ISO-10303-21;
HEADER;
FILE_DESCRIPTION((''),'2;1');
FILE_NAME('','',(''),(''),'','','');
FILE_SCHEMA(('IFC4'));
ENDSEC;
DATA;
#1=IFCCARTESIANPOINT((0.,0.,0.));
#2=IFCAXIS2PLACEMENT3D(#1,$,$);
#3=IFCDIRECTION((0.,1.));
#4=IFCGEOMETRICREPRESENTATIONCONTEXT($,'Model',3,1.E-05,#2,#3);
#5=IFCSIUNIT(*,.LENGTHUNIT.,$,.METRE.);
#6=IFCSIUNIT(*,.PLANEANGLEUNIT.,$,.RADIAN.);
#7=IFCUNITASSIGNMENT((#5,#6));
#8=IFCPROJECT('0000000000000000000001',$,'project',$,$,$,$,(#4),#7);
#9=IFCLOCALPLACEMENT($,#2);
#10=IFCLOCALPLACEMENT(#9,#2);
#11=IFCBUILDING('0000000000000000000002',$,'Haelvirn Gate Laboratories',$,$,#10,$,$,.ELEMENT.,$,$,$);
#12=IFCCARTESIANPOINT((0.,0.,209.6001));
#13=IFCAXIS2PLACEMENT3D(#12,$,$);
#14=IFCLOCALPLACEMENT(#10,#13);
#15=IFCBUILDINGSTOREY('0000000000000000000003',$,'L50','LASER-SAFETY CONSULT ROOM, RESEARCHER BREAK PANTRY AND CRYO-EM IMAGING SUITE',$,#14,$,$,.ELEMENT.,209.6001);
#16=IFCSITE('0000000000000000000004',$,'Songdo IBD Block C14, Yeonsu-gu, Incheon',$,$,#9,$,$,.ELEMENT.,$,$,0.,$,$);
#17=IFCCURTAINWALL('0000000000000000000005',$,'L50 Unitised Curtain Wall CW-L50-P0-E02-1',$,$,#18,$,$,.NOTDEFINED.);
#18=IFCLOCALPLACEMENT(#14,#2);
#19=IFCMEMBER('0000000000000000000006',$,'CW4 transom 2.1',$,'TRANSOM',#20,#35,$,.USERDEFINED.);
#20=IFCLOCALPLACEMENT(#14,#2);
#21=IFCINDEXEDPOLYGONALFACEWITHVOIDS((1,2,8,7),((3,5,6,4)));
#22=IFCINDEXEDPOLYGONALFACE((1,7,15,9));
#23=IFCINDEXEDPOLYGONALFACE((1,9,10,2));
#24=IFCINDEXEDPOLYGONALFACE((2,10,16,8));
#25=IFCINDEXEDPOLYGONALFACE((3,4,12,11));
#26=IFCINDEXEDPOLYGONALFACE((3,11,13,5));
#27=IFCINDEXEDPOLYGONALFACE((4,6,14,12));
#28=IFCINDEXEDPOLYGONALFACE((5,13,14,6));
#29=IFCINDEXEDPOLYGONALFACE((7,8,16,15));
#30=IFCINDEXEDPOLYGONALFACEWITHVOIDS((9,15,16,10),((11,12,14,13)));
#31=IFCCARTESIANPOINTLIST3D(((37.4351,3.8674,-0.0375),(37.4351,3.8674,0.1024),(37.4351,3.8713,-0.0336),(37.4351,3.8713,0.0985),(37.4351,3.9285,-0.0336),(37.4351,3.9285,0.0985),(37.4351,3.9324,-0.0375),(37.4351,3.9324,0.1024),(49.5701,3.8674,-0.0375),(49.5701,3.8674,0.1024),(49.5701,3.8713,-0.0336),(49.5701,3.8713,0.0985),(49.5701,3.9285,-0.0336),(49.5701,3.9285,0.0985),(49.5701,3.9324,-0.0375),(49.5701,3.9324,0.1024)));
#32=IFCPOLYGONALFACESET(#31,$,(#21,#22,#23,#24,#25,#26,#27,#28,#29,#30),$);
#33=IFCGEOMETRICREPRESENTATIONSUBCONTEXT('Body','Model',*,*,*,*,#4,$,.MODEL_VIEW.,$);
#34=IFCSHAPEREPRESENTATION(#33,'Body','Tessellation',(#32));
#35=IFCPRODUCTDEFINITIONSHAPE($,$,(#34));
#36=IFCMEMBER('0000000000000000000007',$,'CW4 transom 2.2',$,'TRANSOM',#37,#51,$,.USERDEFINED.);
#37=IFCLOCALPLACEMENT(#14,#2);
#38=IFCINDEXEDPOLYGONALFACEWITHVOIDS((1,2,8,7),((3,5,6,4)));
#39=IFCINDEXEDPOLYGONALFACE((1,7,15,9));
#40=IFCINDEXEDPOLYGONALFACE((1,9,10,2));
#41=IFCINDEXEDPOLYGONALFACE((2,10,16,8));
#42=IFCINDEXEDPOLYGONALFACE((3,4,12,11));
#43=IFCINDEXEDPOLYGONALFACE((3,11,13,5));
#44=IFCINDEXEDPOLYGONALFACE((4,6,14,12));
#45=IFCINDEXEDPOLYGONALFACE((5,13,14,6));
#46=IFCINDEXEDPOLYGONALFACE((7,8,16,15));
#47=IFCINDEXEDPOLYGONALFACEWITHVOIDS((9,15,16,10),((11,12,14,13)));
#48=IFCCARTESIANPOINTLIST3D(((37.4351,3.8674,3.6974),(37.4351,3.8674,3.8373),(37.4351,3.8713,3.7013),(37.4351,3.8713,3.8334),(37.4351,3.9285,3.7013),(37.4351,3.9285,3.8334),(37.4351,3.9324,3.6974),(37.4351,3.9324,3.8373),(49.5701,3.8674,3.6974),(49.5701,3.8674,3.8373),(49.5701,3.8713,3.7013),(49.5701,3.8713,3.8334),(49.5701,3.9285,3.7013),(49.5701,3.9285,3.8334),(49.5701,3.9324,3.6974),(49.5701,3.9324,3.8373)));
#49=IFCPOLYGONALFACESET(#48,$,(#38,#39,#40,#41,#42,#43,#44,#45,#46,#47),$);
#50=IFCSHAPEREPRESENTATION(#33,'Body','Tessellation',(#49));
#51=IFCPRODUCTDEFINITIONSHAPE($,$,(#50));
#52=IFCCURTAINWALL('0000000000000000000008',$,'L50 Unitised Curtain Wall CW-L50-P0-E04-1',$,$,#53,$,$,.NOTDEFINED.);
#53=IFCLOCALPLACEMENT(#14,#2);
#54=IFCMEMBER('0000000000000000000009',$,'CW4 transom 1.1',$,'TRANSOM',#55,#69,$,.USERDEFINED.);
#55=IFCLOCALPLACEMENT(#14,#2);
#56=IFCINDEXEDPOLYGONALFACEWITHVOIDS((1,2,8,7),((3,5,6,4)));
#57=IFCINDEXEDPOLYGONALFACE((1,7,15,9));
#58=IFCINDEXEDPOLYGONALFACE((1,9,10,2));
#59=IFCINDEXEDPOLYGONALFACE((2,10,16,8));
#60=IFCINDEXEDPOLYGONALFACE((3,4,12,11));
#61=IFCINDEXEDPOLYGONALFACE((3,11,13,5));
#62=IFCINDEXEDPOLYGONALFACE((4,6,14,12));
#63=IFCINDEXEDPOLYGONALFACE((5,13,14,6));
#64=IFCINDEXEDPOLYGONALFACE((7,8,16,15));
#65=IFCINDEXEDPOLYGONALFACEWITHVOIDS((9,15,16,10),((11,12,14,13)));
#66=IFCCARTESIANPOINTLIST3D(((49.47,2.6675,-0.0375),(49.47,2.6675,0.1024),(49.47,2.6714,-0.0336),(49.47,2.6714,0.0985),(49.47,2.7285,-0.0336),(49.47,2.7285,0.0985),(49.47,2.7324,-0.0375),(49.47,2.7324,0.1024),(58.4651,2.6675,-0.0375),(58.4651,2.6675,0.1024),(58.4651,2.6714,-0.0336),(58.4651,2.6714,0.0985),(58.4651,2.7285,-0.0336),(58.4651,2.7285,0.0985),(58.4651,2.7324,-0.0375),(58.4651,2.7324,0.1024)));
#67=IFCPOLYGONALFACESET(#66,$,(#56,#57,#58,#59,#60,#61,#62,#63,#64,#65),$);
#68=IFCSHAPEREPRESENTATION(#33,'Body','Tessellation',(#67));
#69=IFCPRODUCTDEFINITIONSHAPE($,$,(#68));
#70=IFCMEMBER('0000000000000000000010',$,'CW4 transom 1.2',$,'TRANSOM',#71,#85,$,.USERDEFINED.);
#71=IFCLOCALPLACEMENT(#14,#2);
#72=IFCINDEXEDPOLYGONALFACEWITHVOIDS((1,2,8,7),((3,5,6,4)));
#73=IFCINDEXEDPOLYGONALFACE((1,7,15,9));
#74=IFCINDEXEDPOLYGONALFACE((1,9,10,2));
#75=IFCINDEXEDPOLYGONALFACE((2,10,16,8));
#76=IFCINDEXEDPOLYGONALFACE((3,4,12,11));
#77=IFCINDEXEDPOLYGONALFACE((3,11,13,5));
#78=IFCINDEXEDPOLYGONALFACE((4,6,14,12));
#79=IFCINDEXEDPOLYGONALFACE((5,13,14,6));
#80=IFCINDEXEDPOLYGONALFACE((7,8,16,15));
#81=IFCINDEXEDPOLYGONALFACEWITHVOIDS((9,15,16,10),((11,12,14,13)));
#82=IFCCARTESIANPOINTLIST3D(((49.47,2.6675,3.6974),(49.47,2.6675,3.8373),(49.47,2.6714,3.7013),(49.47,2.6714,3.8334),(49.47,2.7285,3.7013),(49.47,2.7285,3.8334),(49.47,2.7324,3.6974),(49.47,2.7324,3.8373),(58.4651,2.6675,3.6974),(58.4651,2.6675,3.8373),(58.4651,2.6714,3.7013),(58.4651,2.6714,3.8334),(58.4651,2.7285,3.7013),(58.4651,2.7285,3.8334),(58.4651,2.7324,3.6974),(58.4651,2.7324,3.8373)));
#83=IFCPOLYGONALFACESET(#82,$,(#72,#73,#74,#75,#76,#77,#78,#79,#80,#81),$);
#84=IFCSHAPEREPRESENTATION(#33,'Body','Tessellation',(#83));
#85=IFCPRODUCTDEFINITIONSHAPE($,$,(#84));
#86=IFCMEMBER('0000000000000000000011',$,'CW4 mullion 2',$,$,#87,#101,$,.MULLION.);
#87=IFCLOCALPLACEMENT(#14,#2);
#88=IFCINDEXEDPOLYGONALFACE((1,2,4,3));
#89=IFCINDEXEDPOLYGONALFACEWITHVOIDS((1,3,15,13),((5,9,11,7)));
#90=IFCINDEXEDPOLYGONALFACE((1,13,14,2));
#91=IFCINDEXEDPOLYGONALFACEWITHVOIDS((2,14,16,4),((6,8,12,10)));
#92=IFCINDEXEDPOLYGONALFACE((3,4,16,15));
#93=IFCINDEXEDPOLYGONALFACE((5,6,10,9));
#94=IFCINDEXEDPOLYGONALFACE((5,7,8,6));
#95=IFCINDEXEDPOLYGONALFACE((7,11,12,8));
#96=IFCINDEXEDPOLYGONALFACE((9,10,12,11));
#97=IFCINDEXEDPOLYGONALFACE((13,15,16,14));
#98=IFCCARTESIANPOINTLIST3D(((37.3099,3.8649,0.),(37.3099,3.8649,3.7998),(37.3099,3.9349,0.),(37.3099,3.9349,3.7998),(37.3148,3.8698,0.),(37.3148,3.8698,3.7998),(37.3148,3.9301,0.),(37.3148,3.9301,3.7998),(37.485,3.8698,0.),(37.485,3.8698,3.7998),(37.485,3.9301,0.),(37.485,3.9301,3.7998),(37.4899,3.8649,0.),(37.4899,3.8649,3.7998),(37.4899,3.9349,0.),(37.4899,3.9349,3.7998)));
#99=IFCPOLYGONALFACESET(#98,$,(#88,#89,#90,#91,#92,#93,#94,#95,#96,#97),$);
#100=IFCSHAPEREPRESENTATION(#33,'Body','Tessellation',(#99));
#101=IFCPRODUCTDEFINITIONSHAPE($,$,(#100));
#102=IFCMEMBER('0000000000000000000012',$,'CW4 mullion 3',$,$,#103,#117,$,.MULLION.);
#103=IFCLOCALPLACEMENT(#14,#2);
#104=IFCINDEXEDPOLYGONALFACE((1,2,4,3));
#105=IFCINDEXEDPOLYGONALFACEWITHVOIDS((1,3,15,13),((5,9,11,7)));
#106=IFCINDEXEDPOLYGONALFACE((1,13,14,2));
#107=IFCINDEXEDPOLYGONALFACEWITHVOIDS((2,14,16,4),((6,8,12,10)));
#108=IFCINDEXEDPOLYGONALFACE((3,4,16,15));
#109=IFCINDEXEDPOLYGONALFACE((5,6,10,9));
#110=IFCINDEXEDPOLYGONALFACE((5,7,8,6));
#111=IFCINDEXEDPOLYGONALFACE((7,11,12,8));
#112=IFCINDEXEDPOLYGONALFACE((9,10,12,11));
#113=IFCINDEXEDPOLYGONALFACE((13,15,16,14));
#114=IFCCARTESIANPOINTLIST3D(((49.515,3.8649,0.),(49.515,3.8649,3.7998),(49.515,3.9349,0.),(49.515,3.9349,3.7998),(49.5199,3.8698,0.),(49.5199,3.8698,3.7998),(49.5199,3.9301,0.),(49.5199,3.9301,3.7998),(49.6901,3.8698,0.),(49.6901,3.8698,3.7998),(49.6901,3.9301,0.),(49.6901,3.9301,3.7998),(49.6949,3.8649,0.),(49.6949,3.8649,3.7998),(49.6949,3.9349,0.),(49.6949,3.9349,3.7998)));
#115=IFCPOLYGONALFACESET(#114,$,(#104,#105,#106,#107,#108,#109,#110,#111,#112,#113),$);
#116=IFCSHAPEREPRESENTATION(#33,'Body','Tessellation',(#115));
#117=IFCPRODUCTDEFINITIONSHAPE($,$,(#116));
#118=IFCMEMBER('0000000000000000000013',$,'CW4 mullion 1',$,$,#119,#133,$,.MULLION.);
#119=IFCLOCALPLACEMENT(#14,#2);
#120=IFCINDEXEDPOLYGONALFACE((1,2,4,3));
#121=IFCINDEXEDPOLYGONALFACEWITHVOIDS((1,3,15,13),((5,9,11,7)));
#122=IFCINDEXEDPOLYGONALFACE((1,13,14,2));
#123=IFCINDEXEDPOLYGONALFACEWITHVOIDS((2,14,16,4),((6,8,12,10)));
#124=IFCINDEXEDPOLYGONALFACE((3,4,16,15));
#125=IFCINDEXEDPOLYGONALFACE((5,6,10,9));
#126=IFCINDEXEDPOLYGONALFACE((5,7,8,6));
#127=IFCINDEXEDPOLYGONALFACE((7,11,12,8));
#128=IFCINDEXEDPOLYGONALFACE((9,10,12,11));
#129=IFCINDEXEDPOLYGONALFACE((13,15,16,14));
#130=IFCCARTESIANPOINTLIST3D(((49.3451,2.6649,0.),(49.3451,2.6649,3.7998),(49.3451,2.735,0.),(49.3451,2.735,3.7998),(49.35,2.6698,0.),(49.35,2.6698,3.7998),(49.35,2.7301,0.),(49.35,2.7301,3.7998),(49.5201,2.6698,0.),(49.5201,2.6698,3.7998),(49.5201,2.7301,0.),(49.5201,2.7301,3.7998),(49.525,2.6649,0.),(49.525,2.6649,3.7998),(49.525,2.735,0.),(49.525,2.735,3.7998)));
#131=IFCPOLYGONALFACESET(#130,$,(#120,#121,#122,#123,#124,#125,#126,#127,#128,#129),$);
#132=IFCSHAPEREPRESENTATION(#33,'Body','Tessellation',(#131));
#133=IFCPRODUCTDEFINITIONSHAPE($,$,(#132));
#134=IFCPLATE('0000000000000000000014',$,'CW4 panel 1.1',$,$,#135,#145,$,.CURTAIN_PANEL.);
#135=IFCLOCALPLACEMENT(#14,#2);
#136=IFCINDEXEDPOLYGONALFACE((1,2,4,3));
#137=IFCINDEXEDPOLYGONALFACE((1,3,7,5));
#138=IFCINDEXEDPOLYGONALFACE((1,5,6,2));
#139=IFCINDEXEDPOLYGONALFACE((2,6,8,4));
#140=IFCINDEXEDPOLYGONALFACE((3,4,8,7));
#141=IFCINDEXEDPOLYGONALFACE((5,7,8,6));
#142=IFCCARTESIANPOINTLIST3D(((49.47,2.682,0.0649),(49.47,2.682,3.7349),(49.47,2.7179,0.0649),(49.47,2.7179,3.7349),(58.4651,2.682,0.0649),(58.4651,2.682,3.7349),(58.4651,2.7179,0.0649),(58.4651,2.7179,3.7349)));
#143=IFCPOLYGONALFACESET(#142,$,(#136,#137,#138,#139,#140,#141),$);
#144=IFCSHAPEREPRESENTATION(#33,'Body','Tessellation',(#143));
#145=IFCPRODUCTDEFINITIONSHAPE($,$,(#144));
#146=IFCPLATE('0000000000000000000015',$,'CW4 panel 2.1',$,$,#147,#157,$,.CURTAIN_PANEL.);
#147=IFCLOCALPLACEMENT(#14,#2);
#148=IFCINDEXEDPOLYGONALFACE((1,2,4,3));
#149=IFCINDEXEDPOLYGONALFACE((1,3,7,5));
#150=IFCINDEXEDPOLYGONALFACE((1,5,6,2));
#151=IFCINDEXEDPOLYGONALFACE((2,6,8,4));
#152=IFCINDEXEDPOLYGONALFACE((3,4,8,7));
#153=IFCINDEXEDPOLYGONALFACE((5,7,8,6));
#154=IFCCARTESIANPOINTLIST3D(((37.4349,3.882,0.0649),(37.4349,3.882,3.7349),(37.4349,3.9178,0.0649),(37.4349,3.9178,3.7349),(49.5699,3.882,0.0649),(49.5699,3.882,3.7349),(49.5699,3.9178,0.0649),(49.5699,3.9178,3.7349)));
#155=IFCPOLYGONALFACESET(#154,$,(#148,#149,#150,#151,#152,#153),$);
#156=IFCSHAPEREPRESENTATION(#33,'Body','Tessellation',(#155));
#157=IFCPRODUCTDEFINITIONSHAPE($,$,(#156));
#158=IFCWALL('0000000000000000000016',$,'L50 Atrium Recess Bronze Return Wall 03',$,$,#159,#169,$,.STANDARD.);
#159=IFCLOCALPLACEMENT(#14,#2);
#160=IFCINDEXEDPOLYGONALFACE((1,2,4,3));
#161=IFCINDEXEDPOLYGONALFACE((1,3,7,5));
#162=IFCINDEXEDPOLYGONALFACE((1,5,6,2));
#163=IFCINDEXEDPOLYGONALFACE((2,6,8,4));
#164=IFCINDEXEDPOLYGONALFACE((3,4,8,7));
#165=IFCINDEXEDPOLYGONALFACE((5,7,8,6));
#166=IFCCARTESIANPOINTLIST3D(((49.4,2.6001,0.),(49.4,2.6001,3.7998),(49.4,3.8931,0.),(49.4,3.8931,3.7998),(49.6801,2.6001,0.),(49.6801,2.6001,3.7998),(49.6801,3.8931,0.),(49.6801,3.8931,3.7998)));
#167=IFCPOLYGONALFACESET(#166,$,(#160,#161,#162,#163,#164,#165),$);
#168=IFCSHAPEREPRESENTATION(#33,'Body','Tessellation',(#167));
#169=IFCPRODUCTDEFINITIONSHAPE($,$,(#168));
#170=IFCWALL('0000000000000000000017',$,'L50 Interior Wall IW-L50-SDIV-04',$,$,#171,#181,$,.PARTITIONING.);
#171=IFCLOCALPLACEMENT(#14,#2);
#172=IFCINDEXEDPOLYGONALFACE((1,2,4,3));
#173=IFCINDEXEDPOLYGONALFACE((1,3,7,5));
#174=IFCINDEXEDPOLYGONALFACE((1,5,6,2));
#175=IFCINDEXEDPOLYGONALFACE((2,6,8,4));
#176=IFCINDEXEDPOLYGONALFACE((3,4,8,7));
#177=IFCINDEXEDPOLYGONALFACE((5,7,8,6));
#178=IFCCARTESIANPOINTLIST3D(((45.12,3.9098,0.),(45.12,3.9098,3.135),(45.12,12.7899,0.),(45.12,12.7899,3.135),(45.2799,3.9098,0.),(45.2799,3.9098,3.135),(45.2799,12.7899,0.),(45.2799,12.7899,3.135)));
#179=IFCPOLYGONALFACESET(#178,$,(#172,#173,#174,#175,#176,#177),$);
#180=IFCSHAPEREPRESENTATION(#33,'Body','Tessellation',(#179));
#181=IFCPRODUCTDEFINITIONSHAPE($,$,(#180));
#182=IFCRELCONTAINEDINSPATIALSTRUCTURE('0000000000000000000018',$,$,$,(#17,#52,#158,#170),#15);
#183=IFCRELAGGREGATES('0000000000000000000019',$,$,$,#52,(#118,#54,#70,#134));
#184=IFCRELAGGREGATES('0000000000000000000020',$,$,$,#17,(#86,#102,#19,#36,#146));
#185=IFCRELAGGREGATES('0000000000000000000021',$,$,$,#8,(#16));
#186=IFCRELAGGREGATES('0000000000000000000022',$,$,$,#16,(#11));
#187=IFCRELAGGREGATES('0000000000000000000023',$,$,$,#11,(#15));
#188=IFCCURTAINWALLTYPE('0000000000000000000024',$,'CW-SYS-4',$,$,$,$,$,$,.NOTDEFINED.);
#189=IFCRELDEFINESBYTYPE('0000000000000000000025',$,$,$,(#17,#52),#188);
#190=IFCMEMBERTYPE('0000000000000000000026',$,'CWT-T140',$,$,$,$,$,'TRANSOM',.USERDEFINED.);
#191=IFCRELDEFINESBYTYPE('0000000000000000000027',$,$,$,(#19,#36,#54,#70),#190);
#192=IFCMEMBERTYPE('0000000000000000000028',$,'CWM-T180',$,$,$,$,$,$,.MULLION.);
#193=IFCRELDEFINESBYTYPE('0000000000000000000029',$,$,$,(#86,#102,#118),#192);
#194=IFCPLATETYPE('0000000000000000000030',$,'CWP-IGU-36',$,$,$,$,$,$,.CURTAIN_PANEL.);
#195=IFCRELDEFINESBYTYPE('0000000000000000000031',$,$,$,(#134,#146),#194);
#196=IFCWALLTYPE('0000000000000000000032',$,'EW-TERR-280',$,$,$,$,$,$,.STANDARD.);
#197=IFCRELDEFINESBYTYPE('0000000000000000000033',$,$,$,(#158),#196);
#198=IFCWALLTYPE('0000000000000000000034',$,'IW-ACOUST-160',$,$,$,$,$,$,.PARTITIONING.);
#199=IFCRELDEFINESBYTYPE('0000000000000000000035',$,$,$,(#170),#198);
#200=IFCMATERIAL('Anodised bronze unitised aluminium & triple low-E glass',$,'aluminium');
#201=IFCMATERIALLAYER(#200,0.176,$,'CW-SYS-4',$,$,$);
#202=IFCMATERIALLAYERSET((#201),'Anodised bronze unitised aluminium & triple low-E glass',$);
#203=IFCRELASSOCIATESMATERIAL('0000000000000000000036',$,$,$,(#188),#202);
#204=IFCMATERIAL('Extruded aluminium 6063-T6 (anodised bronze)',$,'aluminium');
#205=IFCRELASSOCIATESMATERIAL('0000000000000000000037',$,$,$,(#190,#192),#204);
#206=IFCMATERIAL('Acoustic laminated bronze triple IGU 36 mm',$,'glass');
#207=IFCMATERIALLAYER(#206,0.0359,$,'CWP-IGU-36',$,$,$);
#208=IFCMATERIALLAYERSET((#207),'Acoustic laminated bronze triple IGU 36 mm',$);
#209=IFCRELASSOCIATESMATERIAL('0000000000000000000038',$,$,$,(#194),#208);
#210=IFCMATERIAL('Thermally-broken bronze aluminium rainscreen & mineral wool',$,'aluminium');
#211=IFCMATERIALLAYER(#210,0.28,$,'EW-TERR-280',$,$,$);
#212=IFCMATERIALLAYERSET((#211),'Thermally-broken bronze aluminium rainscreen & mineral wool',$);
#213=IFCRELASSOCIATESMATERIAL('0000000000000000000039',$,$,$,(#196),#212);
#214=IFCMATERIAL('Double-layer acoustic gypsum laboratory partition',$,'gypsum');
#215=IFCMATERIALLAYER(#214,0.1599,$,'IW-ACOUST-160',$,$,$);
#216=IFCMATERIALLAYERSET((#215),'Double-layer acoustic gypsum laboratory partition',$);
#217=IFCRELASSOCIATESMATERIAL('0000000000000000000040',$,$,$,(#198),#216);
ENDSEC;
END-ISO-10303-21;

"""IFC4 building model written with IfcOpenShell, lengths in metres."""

from ifc_helpers import new_model, si_unit, direction, frame, frame_2d, origin, origin_2d, place, context, subcontext, project, spatial, rectangle, hollow_rectangle, extrude, source, transform, mapped, material, layer, layer_set, material_profile, profile_set, type_object, type_shapes, element, aggregate, save


model = new_model("IFC4")

# Units and contexts
model_context = context("Model", 3, precision=1e-05, world=origin(), true_north=direction((0.0, 1.0)))
body_context = subcontext(model_context, "Body", "Model", "MODEL_VIEW")
ifc_project = project(units=[si_unit("LENGTHUNIT", "METRE"), si_unit("PLANEANGLEUNIT", "RADIAN")], contexts=[model_context])

# Site, building, storey
site_placement = place(None, origin())
site = spatial("IfcSite", under=ifc_project, at=site_placement, Name="Songdo IBD Block C14, Yeonsu-gu, Incheon", CompositionType="ELEMENT", RefElevation=0.0)
building_placement = place(site_placement, origin())
building = spatial("IfcBuilding", under=site, at=building_placement, Name="Haelvirn Gate Laboratories", CompositionType="ELEMENT")
storey_placement = place(building_placement, frame((0.0, 0.0, 209.6001)))
storey = spatial("IfcBuildingStorey", under=building, at=storey_placement, Name="L50", Description="LASER-SAFETY CONSULT ROOM, RESEARCHER BREAK PANTRY AND CRYO-EM IMAGING SUITE", CompositionType="ELEMENT", Elevation=209.6001)

# Curtain walls, members
ifc_material_1 = material(Name="Anodised bronze unitised aluminium & triple low-E glass", Category="aluminium")
ifc_layer_1 = layer(ifc_material_1, 0.176, Name="CW-SYS-4")
ifc_layer_set_1 = layer_set([ifc_layer_1], Name="Anodised bronze unitised aluminium & triple low-E glass")
curtain_wall_type = type_object("IfcCurtainWallType", Name="CW-SYS-4", PredefinedType="NOTDEFINED", material=ifc_layer_set_1)
curtain_wall_1_placement = place(storey_placement, origin())
curtain_wall_1 = element("IfcCurtainWall", 1, at=curtain_wall_1_placement, inside=storey, type_object=curtain_wall_type, Name="L50 Unitised Curtain Wall CW-L50-P0-E02-1", PredefinedType="NOTDEFINED")
ifc_material_2 = material(Name="Extruded aluminium 6063-T6 (anodised bronze)", Category="aluminium")
ifc_material_profile_1 = material_profile(ifc_material_2, hollow_rectangle(XDim=0.0649, YDim=0.1399, WallThickness=0.0039, at=origin_2d()), Name="CWT-140x65x4")
ifc_profile_set_1 = profile_set([ifc_material_profile_1], Name="Extruded aluminium 6063-T6 (anodised bronze)")
member_type_1 = type_object("IfcMemberType", Name="CWT-T140", ElementType="TRANSOM", PredefinedType="USERDEFINED", material=ifc_profile_set_1)
shared_shape_1 = source(origin(), body_context, "Body", "SweptSolid", [
    extrude(hollow_rectangle(XDim=0.0649, YDim=0.1399, WallThickness=0.0039, at=origin_2d()), origin(), (0.0, 0.0, 1.0), 12.135),
])
member_1_placement = place(storey_placement, frame((37.4351, 3.8999, 0.0325), z_axis=(1.0, 0.0, 0.0), x_axis=(0.0, 1.0, 0.0)))
member_1 = element("IfcMember", 2, at=member_1_placement, type_object=member_type_1, Name="CW4 transom 2.1", ObjectType="TRANSOM", PredefinedType="USERDEFINED", context=body_context, shape_type="MappedRepresentation", body=[
    mapped(shared_shape_1, transform((0.0, 0.0, 0.0), scale=1.0)),
])
member_2_placement = place(storey_placement, frame((37.4351, 3.8999, 3.7673), z_axis=(1.0, 0.0, 0.0), x_axis=(0.0, 1.0, 0.0)))
member_2 = element("IfcMember", 3, at=member_2_placement, type_object=member_type_1, Name="CW4 transom 2.2", ObjectType="TRANSOM", PredefinedType="USERDEFINED", context=body_context, shape_type="MappedRepresentation", body=[
    mapped(shared_shape_1, transform((0.0, 0.0, 0.0), scale=1.0)),
])
curtain_wall_2_placement = place(storey_placement, origin())
curtain_wall_2 = element("IfcCurtainWall", 4, at=curtain_wall_2_placement, inside=storey, type_object=curtain_wall_type, Name="L50 Unitised Curtain Wall CW-L50-P0-E04-1", PredefinedType="NOTDEFINED")
shared_shape_2 = source(origin(), body_context, "Body", "SweptSolid", [
    extrude(hollow_rectangle(XDim=0.0649, YDim=0.1399, WallThickness=0.0039, at=origin_2d()), origin(), (0.0, 0.0, 1.0), 8.9951),
])
type_shapes(member_type_1, [shared_shape_1, shared_shape_2])
member_3_placement = place(storey_placement, frame((49.47, 2.7, 0.0325), z_axis=(1.0, 0.0, 0.0), x_axis=(0.0, 1.0, 0.0)))
member_3 = element("IfcMember", 5, at=member_3_placement, type_object=member_type_1, Name="CW4 transom 1.1", ObjectType="TRANSOM", PredefinedType="USERDEFINED", context=body_context, shape_type="MappedRepresentation", body=[
    mapped(shared_shape_2, transform((0.0, 0.0, 0.0), scale=1.0)),
])
member_4_placement = place(storey_placement, frame((49.47, 2.7, 3.7673), z_axis=(1.0, 0.0, 0.0), x_axis=(0.0, 1.0, 0.0)))
member_4 = element("IfcMember", 6, at=member_4_placement, type_object=member_type_1, Name="CW4 transom 1.2", ObjectType="TRANSOM", PredefinedType="USERDEFINED", context=body_context, shape_type="MappedRepresentation", body=[
    mapped(shared_shape_2, transform((0.0, 0.0, 0.0), scale=1.0)),
])

# Members
ifc_material_profile_2 = material_profile(ifc_material_2, hollow_rectangle(XDim=0.0701, YDim=0.1799, WallThickness=0.0049, at=origin_2d()), Name="CWM-180x70x5")
ifc_profile_set_2 = profile_set([ifc_material_profile_2], Name="Extruded aluminium 6063-T6 (anodised bronze)")
member_type_2 = type_object("IfcMemberType", Name="CWM-T180", PredefinedType="MULLION", material=ifc_profile_set_2)
shared_shape_3 = source(origin(), body_context, "Body", "SweptSolid", [
    extrude(hollow_rectangle(XDim=0.0701, YDim=0.1799, WallThickness=0.0049, at=origin_2d()), origin(), (0.0, 0.0, 1.0), 3.7998),
])
type_shapes(member_type_2, [shared_shape_3])
member_5_placement = place(storey_placement, frame((37.3999, 3.8999, 0.0), z_axis=(0.0, 0.0, 1.0), x_axis=(0.0, 1.0, 0.0)))
member_5 = element("IfcMember", 7, at=member_5_placement, type_object=member_type_2, Name="CW4 mullion 2", PredefinedType="MULLION", context=body_context, shape_type="MappedRepresentation", body=[
    mapped(shared_shape_3, transform((0.0, 0.0, 0.0), scale=1.0)),
])
member_6_placement = place(storey_placement, frame((49.605, 3.8999, 0.0), z_axis=(0.0, 0.0, 1.0), x_axis=(0.0, 1.0, 0.0)))
member_6 = element("IfcMember", 8, at=member_6_placement, type_object=member_type_2, Name="CW4 mullion 3", PredefinedType="MULLION", context=body_context, shape_type="MappedRepresentation", body=[
    mapped(shared_shape_3, transform((0.0, 0.0, 0.0), scale=1.0)),
])
member_7_placement = place(storey_placement, frame((49.4351, 2.7, 0.0), z_axis=(0.0, 0.0, 1.0), x_axis=(0.0, 1.0, 0.0)))
member_7 = element("IfcMember", 9, at=member_7_placement, type_object=member_type_2, Name="CW4 mullion 1", PredefinedType="MULLION", context=body_context, shape_type="MappedRepresentation", body=[
    mapped(shared_shape_3, transform((0.0, 0.0, 0.0), scale=1.0)),
])

# Plates
ifc_material_3 = material(Name="Acoustic laminated bronze triple IGU 36 mm", Category="glass")
ifc_layer_2 = layer(ifc_material_3, 0.0359, Name="CWP-IGU-36")
ifc_layer_set_2 = layer_set([ifc_layer_2], Name="Acoustic laminated bronze triple IGU 36 mm")
plate_type = type_object("IfcPlateType", Name="CWP-IGU-36", PredefinedType="CURTAIN_PANEL", material=ifc_layer_set_2)
shared_shape_4 = source(origin(), body_context, "Body", "SweptSolid", [
    extrude(rectangle(XDim=8.9951, YDim=0.0359, at=origin_2d()), origin(), (0.0, 0.0, 1.0), 3.6699),
])
plate_1_placement = place(storey_placement, frame((53.9675, 2.7, 0.0649), z_axis=(0.0, 0.0, 1.0), x_axis=(1.0, 0.0, 0.0)))
plate_1 = element("IfcPlate", 10, at=plate_1_placement, type_object=plate_type, Name="CW4 panel 1.1", PredefinedType="CURTAIN_PANEL", context=body_context, shape_type="MappedRepresentation", body=[
    mapped(shared_shape_4, transform((0.0, 0.0, 0.0), scale=1.0)),
])
aggregate(curtain_wall_2, [member_7, member_3, member_4, plate_1])
shared_shape_5 = source(origin(), body_context, "Body", "SweptSolid", [
    extrude(rectangle(XDim=12.135, YDim=0.0359, at=origin_2d()), origin(), (0.0, 0.0, 1.0), 3.6699),
])
type_shapes(plate_type, [shared_shape_4, shared_shape_5])
plate_2_placement = place(storey_placement, frame((43.5024, 3.8999, 0.0649), z_axis=(0.0, 0.0, 1.0), x_axis=(1.0, 0.0, 0.0)))
plate_2 = element("IfcPlate", 11, at=plate_2_placement, type_object=plate_type, Name="CW4 panel 2.1", PredefinedType="CURTAIN_PANEL", context=body_context, shape_type="MappedRepresentation", body=[
    mapped(shared_shape_5, transform((0.0, 0.0, 0.0), scale=1.0)),
])
aggregate(curtain_wall_1, [member_5, member_6, member_1, member_2, plate_2])

# Walls
ifc_material_4 = material(Name="Thermally-broken bronze aluminium rainscreen & mineral wool", Category="aluminium")
ifc_layer_3 = layer(ifc_material_4, 0.28, Name="EW-TERR-280")
ifc_layer_set_3 = layer_set([ifc_layer_3], Name="Thermally-broken bronze aluminium rainscreen & mineral wool")
wall_type_1 = type_object("IfcWallType", Name="EW-TERR-280", PredefinedType="STANDARD", material=ifc_layer_set_3)
wall_1_placement = place(storey_placement, frame((49.54, 3.8931, 0.0), z_axis=(0.0, 0.0, 1.0), x_axis=(0.0, -1.0, 0.0)))
element("IfcWall", 12, at=wall_1_placement, inside=storey, type_object=wall_type_1, Name="L50 Atrium Recess Bronze Return Wall 03", PredefinedType="STANDARD", context=body_context, shape_type="SweptSolid", body=[
    extrude(rectangle(XDim=1.293, YDim=0.28, at=frame_2d((0.6465, 0.0))), origin(), (0.0, 0.0, 1.0), 3.7998),
])
ifc_material_5 = material(Name="Double-layer acoustic gypsum laboratory partition", Category="gypsum")
ifc_layer_4 = layer(ifc_material_5, 0.1599, Name="IW-ACOUST-160")
ifc_layer_set_4 = layer_set([ifc_layer_4], Name="Double-layer acoustic gypsum laboratory partition")
wall_type_2 = type_object("IfcWallType", Name="IW-ACOUST-160", PredefinedType="PARTITIONING", material=ifc_layer_set_4)
wall_2_placement = place(storey_placement, frame((45.2, 3.9099, 0.0), z_axis=(0.0, 0.0, 1.0), x_axis=(0.0, 1.0, 0.0)))
element("IfcWall", 13, at=wall_2_placement, inside=storey, type_object=wall_type_2, Name="L50 Interior Wall IW-L50-SDIV-04", PredefinedType="PARTITIONING", context=body_context, shape_type="SweptSolid", body=[
    extrude(rectangle(XDim=8.8801, YDim=0.1599, at=frame_2d((4.4399, 0.0))), origin(), (0.0, 0.0, 1.0), 3.135),
])

save(model, "model.ifc")
